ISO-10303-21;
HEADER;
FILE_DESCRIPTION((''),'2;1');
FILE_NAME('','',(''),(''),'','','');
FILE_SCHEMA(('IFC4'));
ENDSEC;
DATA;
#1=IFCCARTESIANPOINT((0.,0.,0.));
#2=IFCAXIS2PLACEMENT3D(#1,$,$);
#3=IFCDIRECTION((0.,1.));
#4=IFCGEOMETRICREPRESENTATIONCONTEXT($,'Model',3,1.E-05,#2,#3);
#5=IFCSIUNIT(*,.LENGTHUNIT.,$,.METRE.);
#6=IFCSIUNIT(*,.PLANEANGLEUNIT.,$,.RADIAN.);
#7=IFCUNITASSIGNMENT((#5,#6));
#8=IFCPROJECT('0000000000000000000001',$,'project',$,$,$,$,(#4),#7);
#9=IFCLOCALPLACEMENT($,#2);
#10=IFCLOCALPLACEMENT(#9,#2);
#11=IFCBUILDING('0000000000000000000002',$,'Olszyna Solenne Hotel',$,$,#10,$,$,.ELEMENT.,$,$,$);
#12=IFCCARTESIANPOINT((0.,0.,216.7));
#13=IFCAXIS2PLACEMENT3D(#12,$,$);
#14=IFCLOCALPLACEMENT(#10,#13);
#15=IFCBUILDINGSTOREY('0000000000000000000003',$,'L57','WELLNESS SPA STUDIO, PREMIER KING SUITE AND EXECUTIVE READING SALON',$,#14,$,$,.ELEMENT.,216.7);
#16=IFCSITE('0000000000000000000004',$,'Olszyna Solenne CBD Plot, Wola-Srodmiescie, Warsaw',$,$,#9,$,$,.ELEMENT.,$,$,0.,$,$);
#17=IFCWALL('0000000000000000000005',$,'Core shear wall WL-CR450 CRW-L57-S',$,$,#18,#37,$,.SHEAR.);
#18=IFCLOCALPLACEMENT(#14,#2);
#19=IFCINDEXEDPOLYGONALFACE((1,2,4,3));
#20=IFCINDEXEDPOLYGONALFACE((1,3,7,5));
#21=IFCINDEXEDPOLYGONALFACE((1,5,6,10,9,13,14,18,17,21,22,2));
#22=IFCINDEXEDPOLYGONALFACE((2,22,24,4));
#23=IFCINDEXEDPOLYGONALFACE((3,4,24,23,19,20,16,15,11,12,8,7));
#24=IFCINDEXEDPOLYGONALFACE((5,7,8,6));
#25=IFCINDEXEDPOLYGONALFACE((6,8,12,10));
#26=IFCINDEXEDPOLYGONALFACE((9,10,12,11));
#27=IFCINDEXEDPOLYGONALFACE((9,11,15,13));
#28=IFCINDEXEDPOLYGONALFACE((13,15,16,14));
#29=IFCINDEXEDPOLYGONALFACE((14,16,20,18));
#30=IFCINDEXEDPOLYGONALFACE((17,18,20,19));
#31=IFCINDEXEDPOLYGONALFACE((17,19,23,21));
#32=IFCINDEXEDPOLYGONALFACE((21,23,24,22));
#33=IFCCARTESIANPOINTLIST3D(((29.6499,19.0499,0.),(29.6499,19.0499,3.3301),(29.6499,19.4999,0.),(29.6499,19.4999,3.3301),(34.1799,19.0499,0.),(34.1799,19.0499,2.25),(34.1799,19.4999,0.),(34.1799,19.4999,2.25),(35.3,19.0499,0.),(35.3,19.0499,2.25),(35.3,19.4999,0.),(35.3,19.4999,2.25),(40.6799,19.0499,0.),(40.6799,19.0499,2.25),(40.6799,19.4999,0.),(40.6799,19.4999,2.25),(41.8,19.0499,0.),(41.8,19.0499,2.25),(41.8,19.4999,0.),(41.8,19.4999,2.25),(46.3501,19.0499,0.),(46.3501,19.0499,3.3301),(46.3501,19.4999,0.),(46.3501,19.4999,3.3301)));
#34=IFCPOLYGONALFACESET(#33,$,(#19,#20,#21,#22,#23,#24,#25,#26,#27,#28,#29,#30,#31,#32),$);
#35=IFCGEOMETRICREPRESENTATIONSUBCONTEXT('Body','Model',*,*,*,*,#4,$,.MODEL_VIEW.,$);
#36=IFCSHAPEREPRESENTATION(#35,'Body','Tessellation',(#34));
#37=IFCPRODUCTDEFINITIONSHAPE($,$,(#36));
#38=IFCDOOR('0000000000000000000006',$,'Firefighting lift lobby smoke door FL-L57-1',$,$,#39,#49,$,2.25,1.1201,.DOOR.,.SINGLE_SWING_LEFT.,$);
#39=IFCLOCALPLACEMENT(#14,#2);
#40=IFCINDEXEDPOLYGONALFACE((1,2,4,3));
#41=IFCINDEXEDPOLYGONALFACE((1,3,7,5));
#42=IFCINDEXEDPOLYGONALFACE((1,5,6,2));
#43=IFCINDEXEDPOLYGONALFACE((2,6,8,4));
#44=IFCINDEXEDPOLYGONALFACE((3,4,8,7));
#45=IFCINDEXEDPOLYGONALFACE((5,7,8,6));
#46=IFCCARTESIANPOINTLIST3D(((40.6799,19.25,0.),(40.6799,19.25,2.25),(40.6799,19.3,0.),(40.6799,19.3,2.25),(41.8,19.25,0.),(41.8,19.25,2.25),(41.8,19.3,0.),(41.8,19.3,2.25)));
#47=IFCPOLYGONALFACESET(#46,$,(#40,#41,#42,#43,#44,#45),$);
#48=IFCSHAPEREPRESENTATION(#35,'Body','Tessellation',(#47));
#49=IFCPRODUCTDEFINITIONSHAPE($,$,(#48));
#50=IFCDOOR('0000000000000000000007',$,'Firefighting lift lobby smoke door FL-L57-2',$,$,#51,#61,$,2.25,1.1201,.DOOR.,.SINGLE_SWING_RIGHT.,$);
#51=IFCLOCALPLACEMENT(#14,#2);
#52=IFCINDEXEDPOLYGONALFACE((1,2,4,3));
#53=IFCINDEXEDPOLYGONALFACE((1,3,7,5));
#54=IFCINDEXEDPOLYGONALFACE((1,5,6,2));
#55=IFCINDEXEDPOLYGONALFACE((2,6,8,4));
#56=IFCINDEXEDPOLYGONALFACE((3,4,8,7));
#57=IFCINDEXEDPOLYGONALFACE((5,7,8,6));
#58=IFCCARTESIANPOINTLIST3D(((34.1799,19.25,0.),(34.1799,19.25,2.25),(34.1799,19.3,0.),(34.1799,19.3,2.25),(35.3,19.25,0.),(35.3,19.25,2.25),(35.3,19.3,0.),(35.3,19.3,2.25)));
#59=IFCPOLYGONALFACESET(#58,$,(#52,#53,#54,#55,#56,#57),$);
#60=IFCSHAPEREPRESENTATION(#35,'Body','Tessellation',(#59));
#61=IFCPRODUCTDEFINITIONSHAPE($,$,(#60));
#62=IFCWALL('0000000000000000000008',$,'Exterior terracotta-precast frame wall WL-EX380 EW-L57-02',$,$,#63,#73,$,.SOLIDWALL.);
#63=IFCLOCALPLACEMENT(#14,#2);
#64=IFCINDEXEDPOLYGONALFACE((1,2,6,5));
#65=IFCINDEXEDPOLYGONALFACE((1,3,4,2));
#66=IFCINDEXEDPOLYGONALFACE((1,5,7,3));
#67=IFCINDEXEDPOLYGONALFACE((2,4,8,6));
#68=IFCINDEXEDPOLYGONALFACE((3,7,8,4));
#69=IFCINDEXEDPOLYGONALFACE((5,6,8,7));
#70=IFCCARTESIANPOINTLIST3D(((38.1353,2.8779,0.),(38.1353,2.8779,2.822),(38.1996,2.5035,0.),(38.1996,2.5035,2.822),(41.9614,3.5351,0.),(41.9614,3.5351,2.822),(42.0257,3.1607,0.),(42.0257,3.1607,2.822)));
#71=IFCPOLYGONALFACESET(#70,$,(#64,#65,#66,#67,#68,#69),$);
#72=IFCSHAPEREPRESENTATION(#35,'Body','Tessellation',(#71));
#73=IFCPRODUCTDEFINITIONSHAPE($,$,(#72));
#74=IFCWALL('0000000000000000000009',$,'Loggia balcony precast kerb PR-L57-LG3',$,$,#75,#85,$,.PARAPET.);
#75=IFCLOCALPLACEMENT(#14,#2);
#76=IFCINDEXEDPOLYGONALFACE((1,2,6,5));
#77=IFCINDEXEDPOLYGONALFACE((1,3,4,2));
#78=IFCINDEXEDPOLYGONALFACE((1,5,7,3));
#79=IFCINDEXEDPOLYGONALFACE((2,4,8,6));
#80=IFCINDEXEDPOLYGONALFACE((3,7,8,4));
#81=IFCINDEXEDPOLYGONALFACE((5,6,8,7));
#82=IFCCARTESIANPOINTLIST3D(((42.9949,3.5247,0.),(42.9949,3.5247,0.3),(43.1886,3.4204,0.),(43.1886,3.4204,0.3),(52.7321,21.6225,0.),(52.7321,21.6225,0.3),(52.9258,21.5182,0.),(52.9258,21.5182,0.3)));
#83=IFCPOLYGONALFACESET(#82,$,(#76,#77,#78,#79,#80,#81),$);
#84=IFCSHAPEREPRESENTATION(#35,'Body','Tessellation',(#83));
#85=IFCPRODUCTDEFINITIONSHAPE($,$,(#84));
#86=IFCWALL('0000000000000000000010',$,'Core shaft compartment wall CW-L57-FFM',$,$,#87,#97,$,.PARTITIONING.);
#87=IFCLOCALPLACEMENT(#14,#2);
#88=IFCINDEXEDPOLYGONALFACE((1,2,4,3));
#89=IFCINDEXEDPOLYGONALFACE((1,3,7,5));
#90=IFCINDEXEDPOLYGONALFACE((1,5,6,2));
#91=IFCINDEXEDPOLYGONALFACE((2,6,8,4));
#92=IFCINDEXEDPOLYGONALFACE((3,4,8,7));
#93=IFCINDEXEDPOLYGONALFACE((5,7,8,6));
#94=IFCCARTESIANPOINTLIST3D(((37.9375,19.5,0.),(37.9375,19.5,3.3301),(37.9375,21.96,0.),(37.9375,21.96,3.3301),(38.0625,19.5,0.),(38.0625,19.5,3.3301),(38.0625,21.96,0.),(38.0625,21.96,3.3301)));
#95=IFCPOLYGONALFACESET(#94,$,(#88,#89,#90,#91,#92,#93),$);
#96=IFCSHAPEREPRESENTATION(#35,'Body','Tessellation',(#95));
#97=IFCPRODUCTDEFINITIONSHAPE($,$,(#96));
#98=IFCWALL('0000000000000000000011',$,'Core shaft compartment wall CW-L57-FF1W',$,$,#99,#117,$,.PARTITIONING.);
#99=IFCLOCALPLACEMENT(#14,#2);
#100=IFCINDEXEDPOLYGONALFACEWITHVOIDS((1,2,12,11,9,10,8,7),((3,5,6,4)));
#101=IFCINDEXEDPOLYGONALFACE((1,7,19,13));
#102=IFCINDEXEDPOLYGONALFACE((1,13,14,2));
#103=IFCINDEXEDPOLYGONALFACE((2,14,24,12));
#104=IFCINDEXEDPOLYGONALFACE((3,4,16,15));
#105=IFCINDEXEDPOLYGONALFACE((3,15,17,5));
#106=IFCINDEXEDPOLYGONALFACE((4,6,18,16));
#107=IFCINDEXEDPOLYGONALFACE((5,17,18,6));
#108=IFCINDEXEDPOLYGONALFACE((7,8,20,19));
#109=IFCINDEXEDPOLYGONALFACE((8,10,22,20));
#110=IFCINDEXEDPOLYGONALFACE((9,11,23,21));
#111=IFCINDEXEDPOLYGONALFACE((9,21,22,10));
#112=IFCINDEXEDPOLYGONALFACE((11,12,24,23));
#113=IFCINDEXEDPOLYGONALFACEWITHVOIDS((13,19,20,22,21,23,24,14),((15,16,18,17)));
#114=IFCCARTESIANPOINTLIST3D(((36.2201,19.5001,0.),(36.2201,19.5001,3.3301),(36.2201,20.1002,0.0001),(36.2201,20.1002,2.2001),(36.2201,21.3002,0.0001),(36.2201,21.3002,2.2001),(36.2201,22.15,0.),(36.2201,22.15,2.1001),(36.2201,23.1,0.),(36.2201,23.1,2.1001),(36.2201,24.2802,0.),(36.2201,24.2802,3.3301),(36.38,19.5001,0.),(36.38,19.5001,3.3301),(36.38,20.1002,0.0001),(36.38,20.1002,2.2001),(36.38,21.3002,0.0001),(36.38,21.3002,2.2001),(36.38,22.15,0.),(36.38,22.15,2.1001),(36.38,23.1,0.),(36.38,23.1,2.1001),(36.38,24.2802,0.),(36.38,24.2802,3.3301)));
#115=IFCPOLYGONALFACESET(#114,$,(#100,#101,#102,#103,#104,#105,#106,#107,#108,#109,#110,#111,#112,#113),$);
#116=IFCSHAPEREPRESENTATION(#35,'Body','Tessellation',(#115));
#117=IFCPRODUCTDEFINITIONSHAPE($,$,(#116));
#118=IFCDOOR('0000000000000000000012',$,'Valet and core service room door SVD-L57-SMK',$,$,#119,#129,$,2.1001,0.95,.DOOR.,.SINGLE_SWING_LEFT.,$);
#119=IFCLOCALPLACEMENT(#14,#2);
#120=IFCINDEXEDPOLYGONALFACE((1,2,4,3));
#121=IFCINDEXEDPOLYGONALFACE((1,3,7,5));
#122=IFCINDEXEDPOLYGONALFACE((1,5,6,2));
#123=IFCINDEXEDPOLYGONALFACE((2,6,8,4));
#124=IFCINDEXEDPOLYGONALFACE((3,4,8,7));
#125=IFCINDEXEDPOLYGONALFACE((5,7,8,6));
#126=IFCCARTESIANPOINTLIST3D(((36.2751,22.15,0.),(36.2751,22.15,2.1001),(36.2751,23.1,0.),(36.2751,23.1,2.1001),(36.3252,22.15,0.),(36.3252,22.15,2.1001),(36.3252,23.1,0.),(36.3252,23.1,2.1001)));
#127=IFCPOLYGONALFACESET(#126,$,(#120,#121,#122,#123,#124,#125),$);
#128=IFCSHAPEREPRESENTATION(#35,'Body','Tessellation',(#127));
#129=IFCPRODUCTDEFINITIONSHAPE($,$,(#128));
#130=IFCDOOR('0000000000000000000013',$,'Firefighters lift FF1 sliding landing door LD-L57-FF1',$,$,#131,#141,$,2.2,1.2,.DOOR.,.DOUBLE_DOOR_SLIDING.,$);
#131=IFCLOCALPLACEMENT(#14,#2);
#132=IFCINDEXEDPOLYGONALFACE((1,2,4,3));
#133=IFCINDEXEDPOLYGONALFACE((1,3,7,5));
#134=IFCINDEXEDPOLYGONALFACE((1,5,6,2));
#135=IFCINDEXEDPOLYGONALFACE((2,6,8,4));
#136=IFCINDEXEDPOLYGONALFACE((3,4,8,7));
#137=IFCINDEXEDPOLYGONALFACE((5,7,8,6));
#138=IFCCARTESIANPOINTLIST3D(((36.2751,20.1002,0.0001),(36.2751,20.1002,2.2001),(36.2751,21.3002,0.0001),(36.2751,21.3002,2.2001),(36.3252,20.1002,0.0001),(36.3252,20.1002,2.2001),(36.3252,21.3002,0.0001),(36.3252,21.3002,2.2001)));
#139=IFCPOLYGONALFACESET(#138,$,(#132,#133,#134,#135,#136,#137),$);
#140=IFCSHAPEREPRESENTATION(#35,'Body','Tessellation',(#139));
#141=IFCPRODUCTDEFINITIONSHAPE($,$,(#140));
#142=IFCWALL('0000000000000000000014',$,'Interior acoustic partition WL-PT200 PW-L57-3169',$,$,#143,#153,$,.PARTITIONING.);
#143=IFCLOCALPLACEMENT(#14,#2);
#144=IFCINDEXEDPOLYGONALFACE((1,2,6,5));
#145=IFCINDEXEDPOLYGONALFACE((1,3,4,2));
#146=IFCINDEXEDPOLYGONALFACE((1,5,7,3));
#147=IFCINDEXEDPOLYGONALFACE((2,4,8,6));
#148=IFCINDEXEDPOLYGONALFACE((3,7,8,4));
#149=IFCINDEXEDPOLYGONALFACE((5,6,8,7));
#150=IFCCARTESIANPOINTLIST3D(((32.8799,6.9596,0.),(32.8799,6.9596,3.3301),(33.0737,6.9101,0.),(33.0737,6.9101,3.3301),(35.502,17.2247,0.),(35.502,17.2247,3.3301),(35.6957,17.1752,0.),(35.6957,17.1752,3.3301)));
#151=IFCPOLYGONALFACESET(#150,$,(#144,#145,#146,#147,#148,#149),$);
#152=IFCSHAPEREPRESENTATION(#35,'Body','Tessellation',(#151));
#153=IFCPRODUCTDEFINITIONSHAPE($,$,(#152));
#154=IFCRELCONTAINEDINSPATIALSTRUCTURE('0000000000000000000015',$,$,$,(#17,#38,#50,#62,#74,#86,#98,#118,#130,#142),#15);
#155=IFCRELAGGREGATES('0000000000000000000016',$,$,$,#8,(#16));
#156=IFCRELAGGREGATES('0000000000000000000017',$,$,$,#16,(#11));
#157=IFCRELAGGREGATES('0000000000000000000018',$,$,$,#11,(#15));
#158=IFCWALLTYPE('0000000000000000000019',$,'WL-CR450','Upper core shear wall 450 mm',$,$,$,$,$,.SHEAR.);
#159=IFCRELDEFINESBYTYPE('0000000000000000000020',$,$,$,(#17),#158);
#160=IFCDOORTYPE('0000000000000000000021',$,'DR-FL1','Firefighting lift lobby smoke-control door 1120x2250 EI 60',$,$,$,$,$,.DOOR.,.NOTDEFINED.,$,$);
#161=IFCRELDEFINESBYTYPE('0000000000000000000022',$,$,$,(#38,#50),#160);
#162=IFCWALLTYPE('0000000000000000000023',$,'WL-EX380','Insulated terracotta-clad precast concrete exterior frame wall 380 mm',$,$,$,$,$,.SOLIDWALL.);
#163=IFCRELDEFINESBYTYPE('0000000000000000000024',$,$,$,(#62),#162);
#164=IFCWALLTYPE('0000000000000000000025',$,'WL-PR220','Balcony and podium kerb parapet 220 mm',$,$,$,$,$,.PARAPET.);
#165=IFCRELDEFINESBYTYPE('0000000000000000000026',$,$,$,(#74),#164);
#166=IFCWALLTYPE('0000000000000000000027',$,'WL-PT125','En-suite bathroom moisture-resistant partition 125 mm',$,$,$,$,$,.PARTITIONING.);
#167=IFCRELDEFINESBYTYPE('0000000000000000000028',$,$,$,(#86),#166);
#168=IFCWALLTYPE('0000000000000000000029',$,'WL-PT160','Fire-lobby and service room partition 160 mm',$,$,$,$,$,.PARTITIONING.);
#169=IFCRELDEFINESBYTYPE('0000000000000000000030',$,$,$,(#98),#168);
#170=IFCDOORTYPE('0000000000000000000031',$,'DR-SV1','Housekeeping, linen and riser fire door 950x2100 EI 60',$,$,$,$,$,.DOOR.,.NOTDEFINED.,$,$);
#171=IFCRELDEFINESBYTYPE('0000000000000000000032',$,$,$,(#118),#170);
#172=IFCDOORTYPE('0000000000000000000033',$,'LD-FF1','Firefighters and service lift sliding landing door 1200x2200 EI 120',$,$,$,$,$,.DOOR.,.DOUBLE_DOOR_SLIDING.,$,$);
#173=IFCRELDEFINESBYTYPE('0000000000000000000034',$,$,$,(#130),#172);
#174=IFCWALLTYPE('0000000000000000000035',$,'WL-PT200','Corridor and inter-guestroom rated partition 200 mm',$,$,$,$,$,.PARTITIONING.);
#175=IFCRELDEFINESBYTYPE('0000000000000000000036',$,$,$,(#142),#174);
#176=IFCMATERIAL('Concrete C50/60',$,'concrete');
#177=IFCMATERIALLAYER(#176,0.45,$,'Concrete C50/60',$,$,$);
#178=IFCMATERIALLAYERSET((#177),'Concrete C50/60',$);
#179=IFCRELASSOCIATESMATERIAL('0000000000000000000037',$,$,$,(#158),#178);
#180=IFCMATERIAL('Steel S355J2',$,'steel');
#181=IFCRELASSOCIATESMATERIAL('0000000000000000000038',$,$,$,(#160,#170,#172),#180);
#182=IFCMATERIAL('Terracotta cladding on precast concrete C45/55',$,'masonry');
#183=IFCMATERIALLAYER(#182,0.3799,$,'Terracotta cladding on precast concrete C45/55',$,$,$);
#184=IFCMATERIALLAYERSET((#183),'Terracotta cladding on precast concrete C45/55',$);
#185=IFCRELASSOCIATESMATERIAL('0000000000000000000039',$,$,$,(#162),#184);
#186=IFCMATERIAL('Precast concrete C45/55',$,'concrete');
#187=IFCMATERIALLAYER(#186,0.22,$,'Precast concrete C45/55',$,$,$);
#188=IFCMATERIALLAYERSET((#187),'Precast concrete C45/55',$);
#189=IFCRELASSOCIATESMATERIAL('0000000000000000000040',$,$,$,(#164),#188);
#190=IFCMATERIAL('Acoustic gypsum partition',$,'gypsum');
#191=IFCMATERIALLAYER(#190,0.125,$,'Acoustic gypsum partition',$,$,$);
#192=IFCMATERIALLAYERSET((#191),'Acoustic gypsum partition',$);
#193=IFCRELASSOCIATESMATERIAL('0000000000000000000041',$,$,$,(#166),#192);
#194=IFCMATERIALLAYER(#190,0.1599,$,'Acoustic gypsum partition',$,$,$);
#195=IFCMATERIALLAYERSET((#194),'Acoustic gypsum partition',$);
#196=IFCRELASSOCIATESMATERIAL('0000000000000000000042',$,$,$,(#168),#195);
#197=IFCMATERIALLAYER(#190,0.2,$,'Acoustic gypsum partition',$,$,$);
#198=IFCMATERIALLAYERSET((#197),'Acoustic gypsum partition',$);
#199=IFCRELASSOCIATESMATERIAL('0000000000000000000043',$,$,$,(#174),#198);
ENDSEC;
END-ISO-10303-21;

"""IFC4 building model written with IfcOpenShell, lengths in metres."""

from ifc_helpers import new_model, si_unit, direction, frame, frame_2d, origin, place, context, subcontext, project, spatial, rectangle, extrude, source, transform, mapped, material, layer, layer_set, type_object, type_shapes, element, fill, save


model = new_model("IFC4")

# Units and contexts
model_context = context("Model", 3, precision=1e-05, world=origin(), true_north=direction((0.0, 1.0)))
body_context = subcontext(model_context, "Body", "Model", "MODEL_VIEW")
ifc_project = project(units=[si_unit("LENGTHUNIT", "METRE"), si_unit("PLANEANGLEUNIT", "RADIAN")], contexts=[model_context])

# Site, building, storey
site_placement = place(None, origin())
site = spatial("IfcSite", under=ifc_project, at=site_placement, Name="Olszyna Solenne CBD Plot, Wola-Srodmiescie, Warsaw", CompositionType="ELEMENT", RefElevation=0.0)
building_placement = place(site_placement, origin())
building = spatial("IfcBuilding", under=site, at=building_placement, Name="Olszyna Solenne Hotel", CompositionType="ELEMENT")
storey_placement = place(building_placement, frame((0.0, 0.0, 216.7)))
storey = spatial("IfcBuildingStorey", under=building, at=storey_placement, Name="L57", Description="WELLNESS SPA STUDIO, PREMIER KING SUITE AND EXECUTIVE READING SALON", CompositionType="ELEMENT", Elevation=216.7)

# Shared definitions
ifc_material_1 = material(Name="Steel S355J2", Category="steel")

# Wall, openings, doors
ifc_material_2 = material(Name="Concrete C50/60", Category="concrete")
ifc_layer_1 = layer(ifc_material_2, 0.45, Name="Concrete C50/60")
ifc_layer_set_1 = layer_set([ifc_layer_1], Name="Concrete C50/60")
wall_type_1 = type_object("IfcWallType", Name="WL-CR450", Description="Upper core shear wall 450 mm", PredefinedType="SHEAR", material=ifc_layer_set_1)
wall_1_placement = place(storey_placement, frame((46.3501, 19.2749, 0.0), z_axis=(0.0, 0.0, 1.0), x_axis=(-1.0, 0.0, 0.0)))
wall_1 = element("IfcWall", 1, at=wall_1_placement, inside=storey, type_object=wall_type_1, Name="Core shear wall WL-CR450 CRW-L57-S", PredefinedType="SHEAR", context=body_context, shape_type="SweptSolid", body=[
    extrude(rectangle(XDim=16.7002, YDim=0.45, at=frame_2d((8.3501, 0.0))), origin(), (0.0, 0.0, 1.0), 3.3301),
])
opening_1_placement = place(wall_1_placement, frame((4.55, 0.0, 0.0)))
opening_1 = element("IfcOpeningElement", 2, at=opening_1_placement, cuts=wall_1, PredefinedType="OPENING", context=body_context, shape_type="SweptSolid", body=[
    extrude(rectangle(XDim=1.1201, YDim=2.25, at=frame_2d((0.5601, 1.125))), frame((0.0, 0.2349, 0.0), z_axis=(0.0, -1.0, 0.0), x_axis=(1.0, 0.0, 0.0)), (0.0, 0.0, 1.0), 0.47),
])
opening_2_placement = place(wall_1_placement, frame((11.05, 0.0, 0.0)))
opening_2 = element("IfcOpeningElement", 3, at=opening_2_placement, cuts=wall_1, PredefinedType="OPENING", context=body_context, shape_type="SweptSolid", body=[
    extrude(rectangle(XDim=1.1201, YDim=2.25, at=frame_2d((0.5601, 1.125))), frame((0.0, 0.2349, 0.0), z_axis=(0.0, -1.0, 0.0), x_axis=(1.0, 0.0, 0.0)), (0.0, 0.0, 1.0), 0.47),
])
door_type_1 = type_object("IfcDoorType", Name="DR-FL1", Description="Firefighting lift lobby smoke-control door 1120x2250 EI 60", OperationType="NOTDEFINED", PredefinedType="DOOR", material=ifc_material_1)
shared_shape_1 = source(origin(), body_context, "Body", "SweptSolid", [
    extrude(rectangle(XDim=1.1201, YDim=2.25, at=frame_2d((0.5601, 1.125))), frame((0.0, 0.0249, 0.0), z_axis=(0.0, -1.0, 0.0), x_axis=(1.0, 0.0, 0.0)), (0.0, 0.0, 1.0), 0.05),
])
type_shapes(door_type_1, [shared_shape_1])
door_1_placement = place(opening_1_placement, origin())
door_1 = element("IfcDoor", 4, at=door_1_placement, inside=storey, type_object=door_type_1, Name="Firefighting lift lobby smoke door FL-L57-1", OperationType="SINGLE_SWING_LEFT", OverallHeight=2.25, OverallWidth=1.1201, PredefinedType="DOOR", context=body_context, shape_type="MappedRepresentation", body=[
    mapped(shared_shape_1, transform((0.0, 0.0, 0.0), x_axis=(1.0, 0.0, 0.0), y_axis=(0.0, 1.0, 0.0), z_axis=(0.0, 0.0, 1.0), scale=1.0)),
])
fill(opening_1, door_1)
door_2_placement = place(opening_2_placement, origin())
door_2 = element("IfcDoor", 5, at=door_2_placement, inside=storey, type_object=door_type_1, Name="Firefighting lift lobby smoke door FL-L57-2", OperationType="SINGLE_SWING_RIGHT", OverallHeight=2.25, OverallWidth=1.1201, PredefinedType="DOOR", context=body_context, shape_type="MappedRepresentation", body=[
    mapped(shared_shape_1, transform((0.0, 0.0, 0.0), x_axis=(1.0, 0.0, 0.0), y_axis=(0.0, 1.0, 0.0), z_axis=(0.0, 0.0, 1.0), scale=1.0)),
])
fill(opening_2, door_2)

# Walls
ifc_material_3 = material(Name="Terracotta cladding on precast concrete C45/55", Category="masonry")
ifc_layer_2 = layer(ifc_material_3, 0.3799, Name="Terracotta cladding on precast concrete C45/55")
ifc_layer_set_2 = layer_set([ifc_layer_2], Name="Terracotta cladding on precast concrete C45/55")
wall_type_2 = type_object("IfcWallType", Name="WL-EX380", Description="Insulated terracotta-clad precast concrete exterior frame wall 380 mm", PredefinedType="SOLIDWALL", material=ifc_layer_set_2)
wall_2_placement = place(storey_placement, frame((41.9934, 3.3479, 0.0), z_axis=(0.0, 0.0, 1.0), x_axis=(-0.985564, -0.169302, 0.0)))
element("IfcWall", 6, at=wall_2_placement, inside=storey, type_object=wall_type_2, Name="Exterior terracotta-precast frame wall WL-EX380 EW-L57-02", PredefinedType="SOLIDWALL", context=body_context, shape_type="SweptSolid", body=[
    extrude(rectangle(XDim=3.8821, YDim=0.3799, at=frame_2d((1.9409, 0.0))), origin(), (0.0, 0.0, 1.0), 2.822),
])
ifc_material_4 = material(Name="Precast concrete C45/55", Category="concrete")
ifc_layer_3 = layer(ifc_material_4, 0.22, Name="Precast concrete C45/55")
ifc_layer_set_3 = layer_set([ifc_layer_3], Name="Precast concrete C45/55")
wall_type_3 = type_object("IfcWallType", Name="WL-PR220", Description="Balcony and podium kerb parapet 220 mm", PredefinedType="PARAPET", material=ifc_layer_set_3)
wall_3_placement = place(storey_placement, frame((43.0918, 3.4727, 0.0), z_axis=(0.0, 0.0, 1.0), x_axis=(0.473809, 0.880628, 0.0)))
element("IfcWall", 7, at=wall_3_placement, inside=storey, type_object=wall_type_3, Name="Loggia balcony precast kerb PR-L57-LG3", PredefinedType="PARAPET", context=body_context, shape_type="SweptSolid", body=[
    extrude(rectangle(XDim=20.551, YDim=0.22, at=frame_2d((10.2754, 0.0))), origin(), (0.0, 0.0, 1.0), 0.3),
])
ifc_material_5 = material(Name="Acoustic gypsum partition", Category="gypsum")
ifc_layer_4 = layer(ifc_material_5, 0.125, Name="Acoustic gypsum partition")
ifc_layer_set_4 = layer_set([ifc_layer_4], Name="Acoustic gypsum partition")
wall_type_4 = type_object("IfcWallType", Name="WL-PT125", Description="En-suite bathroom moisture-resistant partition 125 mm", PredefinedType="PARTITIONING", material=ifc_layer_set_4)
wall_4_placement = place(storey_placement, frame((38.0, 19.5, 0.0), z_axis=(0.0, 0.0, 1.0), x_axis=(0.0, 1.0, 0.0)))
element("IfcWall", 8, at=wall_4_placement, inside=storey, type_object=wall_type_4, Name="Core shaft compartment wall CW-L57-FFM", PredefinedType="PARTITIONING", context=body_context, shape_type="SweptSolid", body=[
    extrude(rectangle(XDim=2.46, YDim=0.125, at=frame_2d((1.23, 0.0))), origin(), (0.0, 0.0, 1.0), 3.3301),
])

# Wall, openings, doors
ifc_layer_5 = layer(ifc_material_5, 0.1599, Name="Acoustic gypsum partition")
ifc_layer_set_5 = layer_set([ifc_layer_5], Name="Acoustic gypsum partition")
wall_type_5 = type_object("IfcWallType", Name="WL-PT160", Description="Fire-lobby and service room partition 160 mm", PredefinedType="PARTITIONING", material=ifc_layer_set_5)
wall_5_placement = place(storey_placement, frame((36.3, 19.5, 0.0), z_axis=(0.0, 0.0, 1.0), x_axis=(0.0, 1.0, 0.0)))
wall_5 = element("IfcWall", 9, at=wall_5_placement, inside=storey, type_object=wall_type_5, Name="Core shaft compartment wall CW-L57-FF1W", PredefinedType="PARTITIONING", context=body_context, shape_type="SweptSolid", body=[
    extrude(rectangle(XDim=4.78, YDim=0.1599, at=frame_2d((2.3901, 0.0))), origin(), (0.0, 0.0, 1.0), 3.3301),
])
opening_3_placement = place(wall_5_placement, frame((0.6001, 0.0, 0.0)))
opening_3 = element("IfcOpeningElement", 10, at=opening_3_placement, cuts=wall_5, PredefinedType="OPENING", context=body_context, shape_type="SweptSolid", body=[
    extrude(rectangle(XDim=1.2, YDim=2.2, at=frame_2d((0.6001, 1.1001))), frame((0.0, 0.0898, 0.0), z_axis=(0.0, -1.0, 0.0), x_axis=(1.0, 0.0, 0.0)), (0.0, 0.0, 1.0), 0.1799),
])
opening_4_placement = place(wall_5_placement, frame((2.6499, 0.0, 0.0)))
opening_4 = element("IfcOpeningElement", 11, at=opening_4_placement, cuts=wall_5, PredefinedType="OPENING", context=body_context, shape_type="SweptSolid", body=[
    extrude(rectangle(XDim=0.95, YDim=2.1001, at=frame_2d((0.4751, 1.05))), frame((0.0, 0.0898, 0.0), z_axis=(0.0, -1.0, 0.0), x_axis=(1.0, 0.0, 0.0)), (0.0, 0.0, 1.0), 0.1799),
])
door_type_2 = type_object("IfcDoorType", Name="DR-SV1", Description="Housekeeping, linen and riser fire door 950x2100 EI 60", OperationType="NOTDEFINED", PredefinedType="DOOR", material=ifc_material_1)
shared_shape_2 = source(origin(), body_context, "Body", "SweptSolid", [
    extrude(rectangle(XDim=0.95, YDim=2.1001, at=frame_2d((0.4751, 1.05))), frame((0.0, 0.0249, 0.0), z_axis=(0.0, -1.0, 0.0), x_axis=(1.0, 0.0, 0.0)), (0.0, 0.0, 1.0), 0.05),
])
type_shapes(door_type_2, [shared_shape_2])
door_3_placement = place(opening_4_placement, origin())
door_3 = element("IfcDoor", 12, at=door_3_placement, inside=storey, type_object=door_type_2, Name="Valet and core service room door SVD-L57-SMK", OperationType="SINGLE_SWING_LEFT", OverallHeight=2.1001, OverallWidth=0.95, PredefinedType="DOOR", context=body_context, shape_type="MappedRepresentation", body=[
    mapped(shared_shape_2, transform((0.0, 0.0, 0.0), x_axis=(1.0, 0.0, 0.0), y_axis=(0.0, 1.0, 0.0), z_axis=(0.0, 0.0, 1.0), scale=1.0)),
])
fill(opening_4, door_3)
door_type_3 = type_object("IfcDoorType", Name="LD-FF1", Description="Firefighters and service lift sliding landing door 1200x2200 EI 120", OperationType="DOUBLE_DOOR_SLIDING", PredefinedType="DOOR", material=ifc_material_1)
shared_shape_3 = source(origin(), body_context, "Body", "SweptSolid", [
    extrude(rectangle(XDim=1.2, YDim=2.2, at=frame_2d((0.6001, 1.1001))), frame((0.0, 0.0249, 0.0), z_axis=(0.0, -1.0, 0.0), x_axis=(1.0, 0.0, 0.0)), (0.0, 0.0, 1.0), 0.05),
])
type_shapes(door_type_3, [shared_shape_3])
door_4_placement = place(opening_3_placement, origin())
door_4 = element("IfcDoor", 13, at=door_4_placement, inside=storey, type_object=door_type_3, Name="Firefighters lift FF1 sliding landing door LD-L57-FF1", OperationType="DOUBLE_DOOR_SLIDING", OverallHeight=2.2, OverallWidth=1.2, PredefinedType="DOOR", context=body_context, shape_type="MappedRepresentation", body=[
    mapped(shared_shape_3, transform((0.0, 0.0, 0.0), x_axis=(1.0, 0.0, 0.0), y_axis=(0.0, 1.0, 0.0), z_axis=(0.0, 0.0, 1.0), scale=1.0)),
])
fill(opening_3, door_4)

# Wall
ifc_layer_6 = layer(ifc_material_5, 0.2, Name="Acoustic gypsum partition")
ifc_layer_set_6 = layer_set([ifc_layer_6], Name="Acoustic gypsum partition")
wall_type_6 = type_object("IfcWallType", Name="WL-PT200", Description="Corridor and inter-guestroom rated partition 200 mm", PredefinedType="PARTITIONING", material=ifc_layer_set_6)
wall_6_placement = place(storey_placement, frame((35.5989, 17.2, 0.0), z_axis=(0.0, 0.0, 1.0), x_axis=(-0.247488, -0.968891, 0.0)))
element("IfcWall", 14, at=wall_6_placement, inside=storey, type_object=wall_type_6, Name="Interior acoustic partition WL-PT200 PW-L57-3169", PredefinedType="PARTITIONING", context=body_context, shape_type="SweptSolid", body=[
    extrude(rectangle(XDim=10.5947, YDim=0.2, at=frame_2d((5.2974, 0.0))), origin(), (0.0, 0.0, 1.0), 3.3301),
])

save(model, "model.ifc")
